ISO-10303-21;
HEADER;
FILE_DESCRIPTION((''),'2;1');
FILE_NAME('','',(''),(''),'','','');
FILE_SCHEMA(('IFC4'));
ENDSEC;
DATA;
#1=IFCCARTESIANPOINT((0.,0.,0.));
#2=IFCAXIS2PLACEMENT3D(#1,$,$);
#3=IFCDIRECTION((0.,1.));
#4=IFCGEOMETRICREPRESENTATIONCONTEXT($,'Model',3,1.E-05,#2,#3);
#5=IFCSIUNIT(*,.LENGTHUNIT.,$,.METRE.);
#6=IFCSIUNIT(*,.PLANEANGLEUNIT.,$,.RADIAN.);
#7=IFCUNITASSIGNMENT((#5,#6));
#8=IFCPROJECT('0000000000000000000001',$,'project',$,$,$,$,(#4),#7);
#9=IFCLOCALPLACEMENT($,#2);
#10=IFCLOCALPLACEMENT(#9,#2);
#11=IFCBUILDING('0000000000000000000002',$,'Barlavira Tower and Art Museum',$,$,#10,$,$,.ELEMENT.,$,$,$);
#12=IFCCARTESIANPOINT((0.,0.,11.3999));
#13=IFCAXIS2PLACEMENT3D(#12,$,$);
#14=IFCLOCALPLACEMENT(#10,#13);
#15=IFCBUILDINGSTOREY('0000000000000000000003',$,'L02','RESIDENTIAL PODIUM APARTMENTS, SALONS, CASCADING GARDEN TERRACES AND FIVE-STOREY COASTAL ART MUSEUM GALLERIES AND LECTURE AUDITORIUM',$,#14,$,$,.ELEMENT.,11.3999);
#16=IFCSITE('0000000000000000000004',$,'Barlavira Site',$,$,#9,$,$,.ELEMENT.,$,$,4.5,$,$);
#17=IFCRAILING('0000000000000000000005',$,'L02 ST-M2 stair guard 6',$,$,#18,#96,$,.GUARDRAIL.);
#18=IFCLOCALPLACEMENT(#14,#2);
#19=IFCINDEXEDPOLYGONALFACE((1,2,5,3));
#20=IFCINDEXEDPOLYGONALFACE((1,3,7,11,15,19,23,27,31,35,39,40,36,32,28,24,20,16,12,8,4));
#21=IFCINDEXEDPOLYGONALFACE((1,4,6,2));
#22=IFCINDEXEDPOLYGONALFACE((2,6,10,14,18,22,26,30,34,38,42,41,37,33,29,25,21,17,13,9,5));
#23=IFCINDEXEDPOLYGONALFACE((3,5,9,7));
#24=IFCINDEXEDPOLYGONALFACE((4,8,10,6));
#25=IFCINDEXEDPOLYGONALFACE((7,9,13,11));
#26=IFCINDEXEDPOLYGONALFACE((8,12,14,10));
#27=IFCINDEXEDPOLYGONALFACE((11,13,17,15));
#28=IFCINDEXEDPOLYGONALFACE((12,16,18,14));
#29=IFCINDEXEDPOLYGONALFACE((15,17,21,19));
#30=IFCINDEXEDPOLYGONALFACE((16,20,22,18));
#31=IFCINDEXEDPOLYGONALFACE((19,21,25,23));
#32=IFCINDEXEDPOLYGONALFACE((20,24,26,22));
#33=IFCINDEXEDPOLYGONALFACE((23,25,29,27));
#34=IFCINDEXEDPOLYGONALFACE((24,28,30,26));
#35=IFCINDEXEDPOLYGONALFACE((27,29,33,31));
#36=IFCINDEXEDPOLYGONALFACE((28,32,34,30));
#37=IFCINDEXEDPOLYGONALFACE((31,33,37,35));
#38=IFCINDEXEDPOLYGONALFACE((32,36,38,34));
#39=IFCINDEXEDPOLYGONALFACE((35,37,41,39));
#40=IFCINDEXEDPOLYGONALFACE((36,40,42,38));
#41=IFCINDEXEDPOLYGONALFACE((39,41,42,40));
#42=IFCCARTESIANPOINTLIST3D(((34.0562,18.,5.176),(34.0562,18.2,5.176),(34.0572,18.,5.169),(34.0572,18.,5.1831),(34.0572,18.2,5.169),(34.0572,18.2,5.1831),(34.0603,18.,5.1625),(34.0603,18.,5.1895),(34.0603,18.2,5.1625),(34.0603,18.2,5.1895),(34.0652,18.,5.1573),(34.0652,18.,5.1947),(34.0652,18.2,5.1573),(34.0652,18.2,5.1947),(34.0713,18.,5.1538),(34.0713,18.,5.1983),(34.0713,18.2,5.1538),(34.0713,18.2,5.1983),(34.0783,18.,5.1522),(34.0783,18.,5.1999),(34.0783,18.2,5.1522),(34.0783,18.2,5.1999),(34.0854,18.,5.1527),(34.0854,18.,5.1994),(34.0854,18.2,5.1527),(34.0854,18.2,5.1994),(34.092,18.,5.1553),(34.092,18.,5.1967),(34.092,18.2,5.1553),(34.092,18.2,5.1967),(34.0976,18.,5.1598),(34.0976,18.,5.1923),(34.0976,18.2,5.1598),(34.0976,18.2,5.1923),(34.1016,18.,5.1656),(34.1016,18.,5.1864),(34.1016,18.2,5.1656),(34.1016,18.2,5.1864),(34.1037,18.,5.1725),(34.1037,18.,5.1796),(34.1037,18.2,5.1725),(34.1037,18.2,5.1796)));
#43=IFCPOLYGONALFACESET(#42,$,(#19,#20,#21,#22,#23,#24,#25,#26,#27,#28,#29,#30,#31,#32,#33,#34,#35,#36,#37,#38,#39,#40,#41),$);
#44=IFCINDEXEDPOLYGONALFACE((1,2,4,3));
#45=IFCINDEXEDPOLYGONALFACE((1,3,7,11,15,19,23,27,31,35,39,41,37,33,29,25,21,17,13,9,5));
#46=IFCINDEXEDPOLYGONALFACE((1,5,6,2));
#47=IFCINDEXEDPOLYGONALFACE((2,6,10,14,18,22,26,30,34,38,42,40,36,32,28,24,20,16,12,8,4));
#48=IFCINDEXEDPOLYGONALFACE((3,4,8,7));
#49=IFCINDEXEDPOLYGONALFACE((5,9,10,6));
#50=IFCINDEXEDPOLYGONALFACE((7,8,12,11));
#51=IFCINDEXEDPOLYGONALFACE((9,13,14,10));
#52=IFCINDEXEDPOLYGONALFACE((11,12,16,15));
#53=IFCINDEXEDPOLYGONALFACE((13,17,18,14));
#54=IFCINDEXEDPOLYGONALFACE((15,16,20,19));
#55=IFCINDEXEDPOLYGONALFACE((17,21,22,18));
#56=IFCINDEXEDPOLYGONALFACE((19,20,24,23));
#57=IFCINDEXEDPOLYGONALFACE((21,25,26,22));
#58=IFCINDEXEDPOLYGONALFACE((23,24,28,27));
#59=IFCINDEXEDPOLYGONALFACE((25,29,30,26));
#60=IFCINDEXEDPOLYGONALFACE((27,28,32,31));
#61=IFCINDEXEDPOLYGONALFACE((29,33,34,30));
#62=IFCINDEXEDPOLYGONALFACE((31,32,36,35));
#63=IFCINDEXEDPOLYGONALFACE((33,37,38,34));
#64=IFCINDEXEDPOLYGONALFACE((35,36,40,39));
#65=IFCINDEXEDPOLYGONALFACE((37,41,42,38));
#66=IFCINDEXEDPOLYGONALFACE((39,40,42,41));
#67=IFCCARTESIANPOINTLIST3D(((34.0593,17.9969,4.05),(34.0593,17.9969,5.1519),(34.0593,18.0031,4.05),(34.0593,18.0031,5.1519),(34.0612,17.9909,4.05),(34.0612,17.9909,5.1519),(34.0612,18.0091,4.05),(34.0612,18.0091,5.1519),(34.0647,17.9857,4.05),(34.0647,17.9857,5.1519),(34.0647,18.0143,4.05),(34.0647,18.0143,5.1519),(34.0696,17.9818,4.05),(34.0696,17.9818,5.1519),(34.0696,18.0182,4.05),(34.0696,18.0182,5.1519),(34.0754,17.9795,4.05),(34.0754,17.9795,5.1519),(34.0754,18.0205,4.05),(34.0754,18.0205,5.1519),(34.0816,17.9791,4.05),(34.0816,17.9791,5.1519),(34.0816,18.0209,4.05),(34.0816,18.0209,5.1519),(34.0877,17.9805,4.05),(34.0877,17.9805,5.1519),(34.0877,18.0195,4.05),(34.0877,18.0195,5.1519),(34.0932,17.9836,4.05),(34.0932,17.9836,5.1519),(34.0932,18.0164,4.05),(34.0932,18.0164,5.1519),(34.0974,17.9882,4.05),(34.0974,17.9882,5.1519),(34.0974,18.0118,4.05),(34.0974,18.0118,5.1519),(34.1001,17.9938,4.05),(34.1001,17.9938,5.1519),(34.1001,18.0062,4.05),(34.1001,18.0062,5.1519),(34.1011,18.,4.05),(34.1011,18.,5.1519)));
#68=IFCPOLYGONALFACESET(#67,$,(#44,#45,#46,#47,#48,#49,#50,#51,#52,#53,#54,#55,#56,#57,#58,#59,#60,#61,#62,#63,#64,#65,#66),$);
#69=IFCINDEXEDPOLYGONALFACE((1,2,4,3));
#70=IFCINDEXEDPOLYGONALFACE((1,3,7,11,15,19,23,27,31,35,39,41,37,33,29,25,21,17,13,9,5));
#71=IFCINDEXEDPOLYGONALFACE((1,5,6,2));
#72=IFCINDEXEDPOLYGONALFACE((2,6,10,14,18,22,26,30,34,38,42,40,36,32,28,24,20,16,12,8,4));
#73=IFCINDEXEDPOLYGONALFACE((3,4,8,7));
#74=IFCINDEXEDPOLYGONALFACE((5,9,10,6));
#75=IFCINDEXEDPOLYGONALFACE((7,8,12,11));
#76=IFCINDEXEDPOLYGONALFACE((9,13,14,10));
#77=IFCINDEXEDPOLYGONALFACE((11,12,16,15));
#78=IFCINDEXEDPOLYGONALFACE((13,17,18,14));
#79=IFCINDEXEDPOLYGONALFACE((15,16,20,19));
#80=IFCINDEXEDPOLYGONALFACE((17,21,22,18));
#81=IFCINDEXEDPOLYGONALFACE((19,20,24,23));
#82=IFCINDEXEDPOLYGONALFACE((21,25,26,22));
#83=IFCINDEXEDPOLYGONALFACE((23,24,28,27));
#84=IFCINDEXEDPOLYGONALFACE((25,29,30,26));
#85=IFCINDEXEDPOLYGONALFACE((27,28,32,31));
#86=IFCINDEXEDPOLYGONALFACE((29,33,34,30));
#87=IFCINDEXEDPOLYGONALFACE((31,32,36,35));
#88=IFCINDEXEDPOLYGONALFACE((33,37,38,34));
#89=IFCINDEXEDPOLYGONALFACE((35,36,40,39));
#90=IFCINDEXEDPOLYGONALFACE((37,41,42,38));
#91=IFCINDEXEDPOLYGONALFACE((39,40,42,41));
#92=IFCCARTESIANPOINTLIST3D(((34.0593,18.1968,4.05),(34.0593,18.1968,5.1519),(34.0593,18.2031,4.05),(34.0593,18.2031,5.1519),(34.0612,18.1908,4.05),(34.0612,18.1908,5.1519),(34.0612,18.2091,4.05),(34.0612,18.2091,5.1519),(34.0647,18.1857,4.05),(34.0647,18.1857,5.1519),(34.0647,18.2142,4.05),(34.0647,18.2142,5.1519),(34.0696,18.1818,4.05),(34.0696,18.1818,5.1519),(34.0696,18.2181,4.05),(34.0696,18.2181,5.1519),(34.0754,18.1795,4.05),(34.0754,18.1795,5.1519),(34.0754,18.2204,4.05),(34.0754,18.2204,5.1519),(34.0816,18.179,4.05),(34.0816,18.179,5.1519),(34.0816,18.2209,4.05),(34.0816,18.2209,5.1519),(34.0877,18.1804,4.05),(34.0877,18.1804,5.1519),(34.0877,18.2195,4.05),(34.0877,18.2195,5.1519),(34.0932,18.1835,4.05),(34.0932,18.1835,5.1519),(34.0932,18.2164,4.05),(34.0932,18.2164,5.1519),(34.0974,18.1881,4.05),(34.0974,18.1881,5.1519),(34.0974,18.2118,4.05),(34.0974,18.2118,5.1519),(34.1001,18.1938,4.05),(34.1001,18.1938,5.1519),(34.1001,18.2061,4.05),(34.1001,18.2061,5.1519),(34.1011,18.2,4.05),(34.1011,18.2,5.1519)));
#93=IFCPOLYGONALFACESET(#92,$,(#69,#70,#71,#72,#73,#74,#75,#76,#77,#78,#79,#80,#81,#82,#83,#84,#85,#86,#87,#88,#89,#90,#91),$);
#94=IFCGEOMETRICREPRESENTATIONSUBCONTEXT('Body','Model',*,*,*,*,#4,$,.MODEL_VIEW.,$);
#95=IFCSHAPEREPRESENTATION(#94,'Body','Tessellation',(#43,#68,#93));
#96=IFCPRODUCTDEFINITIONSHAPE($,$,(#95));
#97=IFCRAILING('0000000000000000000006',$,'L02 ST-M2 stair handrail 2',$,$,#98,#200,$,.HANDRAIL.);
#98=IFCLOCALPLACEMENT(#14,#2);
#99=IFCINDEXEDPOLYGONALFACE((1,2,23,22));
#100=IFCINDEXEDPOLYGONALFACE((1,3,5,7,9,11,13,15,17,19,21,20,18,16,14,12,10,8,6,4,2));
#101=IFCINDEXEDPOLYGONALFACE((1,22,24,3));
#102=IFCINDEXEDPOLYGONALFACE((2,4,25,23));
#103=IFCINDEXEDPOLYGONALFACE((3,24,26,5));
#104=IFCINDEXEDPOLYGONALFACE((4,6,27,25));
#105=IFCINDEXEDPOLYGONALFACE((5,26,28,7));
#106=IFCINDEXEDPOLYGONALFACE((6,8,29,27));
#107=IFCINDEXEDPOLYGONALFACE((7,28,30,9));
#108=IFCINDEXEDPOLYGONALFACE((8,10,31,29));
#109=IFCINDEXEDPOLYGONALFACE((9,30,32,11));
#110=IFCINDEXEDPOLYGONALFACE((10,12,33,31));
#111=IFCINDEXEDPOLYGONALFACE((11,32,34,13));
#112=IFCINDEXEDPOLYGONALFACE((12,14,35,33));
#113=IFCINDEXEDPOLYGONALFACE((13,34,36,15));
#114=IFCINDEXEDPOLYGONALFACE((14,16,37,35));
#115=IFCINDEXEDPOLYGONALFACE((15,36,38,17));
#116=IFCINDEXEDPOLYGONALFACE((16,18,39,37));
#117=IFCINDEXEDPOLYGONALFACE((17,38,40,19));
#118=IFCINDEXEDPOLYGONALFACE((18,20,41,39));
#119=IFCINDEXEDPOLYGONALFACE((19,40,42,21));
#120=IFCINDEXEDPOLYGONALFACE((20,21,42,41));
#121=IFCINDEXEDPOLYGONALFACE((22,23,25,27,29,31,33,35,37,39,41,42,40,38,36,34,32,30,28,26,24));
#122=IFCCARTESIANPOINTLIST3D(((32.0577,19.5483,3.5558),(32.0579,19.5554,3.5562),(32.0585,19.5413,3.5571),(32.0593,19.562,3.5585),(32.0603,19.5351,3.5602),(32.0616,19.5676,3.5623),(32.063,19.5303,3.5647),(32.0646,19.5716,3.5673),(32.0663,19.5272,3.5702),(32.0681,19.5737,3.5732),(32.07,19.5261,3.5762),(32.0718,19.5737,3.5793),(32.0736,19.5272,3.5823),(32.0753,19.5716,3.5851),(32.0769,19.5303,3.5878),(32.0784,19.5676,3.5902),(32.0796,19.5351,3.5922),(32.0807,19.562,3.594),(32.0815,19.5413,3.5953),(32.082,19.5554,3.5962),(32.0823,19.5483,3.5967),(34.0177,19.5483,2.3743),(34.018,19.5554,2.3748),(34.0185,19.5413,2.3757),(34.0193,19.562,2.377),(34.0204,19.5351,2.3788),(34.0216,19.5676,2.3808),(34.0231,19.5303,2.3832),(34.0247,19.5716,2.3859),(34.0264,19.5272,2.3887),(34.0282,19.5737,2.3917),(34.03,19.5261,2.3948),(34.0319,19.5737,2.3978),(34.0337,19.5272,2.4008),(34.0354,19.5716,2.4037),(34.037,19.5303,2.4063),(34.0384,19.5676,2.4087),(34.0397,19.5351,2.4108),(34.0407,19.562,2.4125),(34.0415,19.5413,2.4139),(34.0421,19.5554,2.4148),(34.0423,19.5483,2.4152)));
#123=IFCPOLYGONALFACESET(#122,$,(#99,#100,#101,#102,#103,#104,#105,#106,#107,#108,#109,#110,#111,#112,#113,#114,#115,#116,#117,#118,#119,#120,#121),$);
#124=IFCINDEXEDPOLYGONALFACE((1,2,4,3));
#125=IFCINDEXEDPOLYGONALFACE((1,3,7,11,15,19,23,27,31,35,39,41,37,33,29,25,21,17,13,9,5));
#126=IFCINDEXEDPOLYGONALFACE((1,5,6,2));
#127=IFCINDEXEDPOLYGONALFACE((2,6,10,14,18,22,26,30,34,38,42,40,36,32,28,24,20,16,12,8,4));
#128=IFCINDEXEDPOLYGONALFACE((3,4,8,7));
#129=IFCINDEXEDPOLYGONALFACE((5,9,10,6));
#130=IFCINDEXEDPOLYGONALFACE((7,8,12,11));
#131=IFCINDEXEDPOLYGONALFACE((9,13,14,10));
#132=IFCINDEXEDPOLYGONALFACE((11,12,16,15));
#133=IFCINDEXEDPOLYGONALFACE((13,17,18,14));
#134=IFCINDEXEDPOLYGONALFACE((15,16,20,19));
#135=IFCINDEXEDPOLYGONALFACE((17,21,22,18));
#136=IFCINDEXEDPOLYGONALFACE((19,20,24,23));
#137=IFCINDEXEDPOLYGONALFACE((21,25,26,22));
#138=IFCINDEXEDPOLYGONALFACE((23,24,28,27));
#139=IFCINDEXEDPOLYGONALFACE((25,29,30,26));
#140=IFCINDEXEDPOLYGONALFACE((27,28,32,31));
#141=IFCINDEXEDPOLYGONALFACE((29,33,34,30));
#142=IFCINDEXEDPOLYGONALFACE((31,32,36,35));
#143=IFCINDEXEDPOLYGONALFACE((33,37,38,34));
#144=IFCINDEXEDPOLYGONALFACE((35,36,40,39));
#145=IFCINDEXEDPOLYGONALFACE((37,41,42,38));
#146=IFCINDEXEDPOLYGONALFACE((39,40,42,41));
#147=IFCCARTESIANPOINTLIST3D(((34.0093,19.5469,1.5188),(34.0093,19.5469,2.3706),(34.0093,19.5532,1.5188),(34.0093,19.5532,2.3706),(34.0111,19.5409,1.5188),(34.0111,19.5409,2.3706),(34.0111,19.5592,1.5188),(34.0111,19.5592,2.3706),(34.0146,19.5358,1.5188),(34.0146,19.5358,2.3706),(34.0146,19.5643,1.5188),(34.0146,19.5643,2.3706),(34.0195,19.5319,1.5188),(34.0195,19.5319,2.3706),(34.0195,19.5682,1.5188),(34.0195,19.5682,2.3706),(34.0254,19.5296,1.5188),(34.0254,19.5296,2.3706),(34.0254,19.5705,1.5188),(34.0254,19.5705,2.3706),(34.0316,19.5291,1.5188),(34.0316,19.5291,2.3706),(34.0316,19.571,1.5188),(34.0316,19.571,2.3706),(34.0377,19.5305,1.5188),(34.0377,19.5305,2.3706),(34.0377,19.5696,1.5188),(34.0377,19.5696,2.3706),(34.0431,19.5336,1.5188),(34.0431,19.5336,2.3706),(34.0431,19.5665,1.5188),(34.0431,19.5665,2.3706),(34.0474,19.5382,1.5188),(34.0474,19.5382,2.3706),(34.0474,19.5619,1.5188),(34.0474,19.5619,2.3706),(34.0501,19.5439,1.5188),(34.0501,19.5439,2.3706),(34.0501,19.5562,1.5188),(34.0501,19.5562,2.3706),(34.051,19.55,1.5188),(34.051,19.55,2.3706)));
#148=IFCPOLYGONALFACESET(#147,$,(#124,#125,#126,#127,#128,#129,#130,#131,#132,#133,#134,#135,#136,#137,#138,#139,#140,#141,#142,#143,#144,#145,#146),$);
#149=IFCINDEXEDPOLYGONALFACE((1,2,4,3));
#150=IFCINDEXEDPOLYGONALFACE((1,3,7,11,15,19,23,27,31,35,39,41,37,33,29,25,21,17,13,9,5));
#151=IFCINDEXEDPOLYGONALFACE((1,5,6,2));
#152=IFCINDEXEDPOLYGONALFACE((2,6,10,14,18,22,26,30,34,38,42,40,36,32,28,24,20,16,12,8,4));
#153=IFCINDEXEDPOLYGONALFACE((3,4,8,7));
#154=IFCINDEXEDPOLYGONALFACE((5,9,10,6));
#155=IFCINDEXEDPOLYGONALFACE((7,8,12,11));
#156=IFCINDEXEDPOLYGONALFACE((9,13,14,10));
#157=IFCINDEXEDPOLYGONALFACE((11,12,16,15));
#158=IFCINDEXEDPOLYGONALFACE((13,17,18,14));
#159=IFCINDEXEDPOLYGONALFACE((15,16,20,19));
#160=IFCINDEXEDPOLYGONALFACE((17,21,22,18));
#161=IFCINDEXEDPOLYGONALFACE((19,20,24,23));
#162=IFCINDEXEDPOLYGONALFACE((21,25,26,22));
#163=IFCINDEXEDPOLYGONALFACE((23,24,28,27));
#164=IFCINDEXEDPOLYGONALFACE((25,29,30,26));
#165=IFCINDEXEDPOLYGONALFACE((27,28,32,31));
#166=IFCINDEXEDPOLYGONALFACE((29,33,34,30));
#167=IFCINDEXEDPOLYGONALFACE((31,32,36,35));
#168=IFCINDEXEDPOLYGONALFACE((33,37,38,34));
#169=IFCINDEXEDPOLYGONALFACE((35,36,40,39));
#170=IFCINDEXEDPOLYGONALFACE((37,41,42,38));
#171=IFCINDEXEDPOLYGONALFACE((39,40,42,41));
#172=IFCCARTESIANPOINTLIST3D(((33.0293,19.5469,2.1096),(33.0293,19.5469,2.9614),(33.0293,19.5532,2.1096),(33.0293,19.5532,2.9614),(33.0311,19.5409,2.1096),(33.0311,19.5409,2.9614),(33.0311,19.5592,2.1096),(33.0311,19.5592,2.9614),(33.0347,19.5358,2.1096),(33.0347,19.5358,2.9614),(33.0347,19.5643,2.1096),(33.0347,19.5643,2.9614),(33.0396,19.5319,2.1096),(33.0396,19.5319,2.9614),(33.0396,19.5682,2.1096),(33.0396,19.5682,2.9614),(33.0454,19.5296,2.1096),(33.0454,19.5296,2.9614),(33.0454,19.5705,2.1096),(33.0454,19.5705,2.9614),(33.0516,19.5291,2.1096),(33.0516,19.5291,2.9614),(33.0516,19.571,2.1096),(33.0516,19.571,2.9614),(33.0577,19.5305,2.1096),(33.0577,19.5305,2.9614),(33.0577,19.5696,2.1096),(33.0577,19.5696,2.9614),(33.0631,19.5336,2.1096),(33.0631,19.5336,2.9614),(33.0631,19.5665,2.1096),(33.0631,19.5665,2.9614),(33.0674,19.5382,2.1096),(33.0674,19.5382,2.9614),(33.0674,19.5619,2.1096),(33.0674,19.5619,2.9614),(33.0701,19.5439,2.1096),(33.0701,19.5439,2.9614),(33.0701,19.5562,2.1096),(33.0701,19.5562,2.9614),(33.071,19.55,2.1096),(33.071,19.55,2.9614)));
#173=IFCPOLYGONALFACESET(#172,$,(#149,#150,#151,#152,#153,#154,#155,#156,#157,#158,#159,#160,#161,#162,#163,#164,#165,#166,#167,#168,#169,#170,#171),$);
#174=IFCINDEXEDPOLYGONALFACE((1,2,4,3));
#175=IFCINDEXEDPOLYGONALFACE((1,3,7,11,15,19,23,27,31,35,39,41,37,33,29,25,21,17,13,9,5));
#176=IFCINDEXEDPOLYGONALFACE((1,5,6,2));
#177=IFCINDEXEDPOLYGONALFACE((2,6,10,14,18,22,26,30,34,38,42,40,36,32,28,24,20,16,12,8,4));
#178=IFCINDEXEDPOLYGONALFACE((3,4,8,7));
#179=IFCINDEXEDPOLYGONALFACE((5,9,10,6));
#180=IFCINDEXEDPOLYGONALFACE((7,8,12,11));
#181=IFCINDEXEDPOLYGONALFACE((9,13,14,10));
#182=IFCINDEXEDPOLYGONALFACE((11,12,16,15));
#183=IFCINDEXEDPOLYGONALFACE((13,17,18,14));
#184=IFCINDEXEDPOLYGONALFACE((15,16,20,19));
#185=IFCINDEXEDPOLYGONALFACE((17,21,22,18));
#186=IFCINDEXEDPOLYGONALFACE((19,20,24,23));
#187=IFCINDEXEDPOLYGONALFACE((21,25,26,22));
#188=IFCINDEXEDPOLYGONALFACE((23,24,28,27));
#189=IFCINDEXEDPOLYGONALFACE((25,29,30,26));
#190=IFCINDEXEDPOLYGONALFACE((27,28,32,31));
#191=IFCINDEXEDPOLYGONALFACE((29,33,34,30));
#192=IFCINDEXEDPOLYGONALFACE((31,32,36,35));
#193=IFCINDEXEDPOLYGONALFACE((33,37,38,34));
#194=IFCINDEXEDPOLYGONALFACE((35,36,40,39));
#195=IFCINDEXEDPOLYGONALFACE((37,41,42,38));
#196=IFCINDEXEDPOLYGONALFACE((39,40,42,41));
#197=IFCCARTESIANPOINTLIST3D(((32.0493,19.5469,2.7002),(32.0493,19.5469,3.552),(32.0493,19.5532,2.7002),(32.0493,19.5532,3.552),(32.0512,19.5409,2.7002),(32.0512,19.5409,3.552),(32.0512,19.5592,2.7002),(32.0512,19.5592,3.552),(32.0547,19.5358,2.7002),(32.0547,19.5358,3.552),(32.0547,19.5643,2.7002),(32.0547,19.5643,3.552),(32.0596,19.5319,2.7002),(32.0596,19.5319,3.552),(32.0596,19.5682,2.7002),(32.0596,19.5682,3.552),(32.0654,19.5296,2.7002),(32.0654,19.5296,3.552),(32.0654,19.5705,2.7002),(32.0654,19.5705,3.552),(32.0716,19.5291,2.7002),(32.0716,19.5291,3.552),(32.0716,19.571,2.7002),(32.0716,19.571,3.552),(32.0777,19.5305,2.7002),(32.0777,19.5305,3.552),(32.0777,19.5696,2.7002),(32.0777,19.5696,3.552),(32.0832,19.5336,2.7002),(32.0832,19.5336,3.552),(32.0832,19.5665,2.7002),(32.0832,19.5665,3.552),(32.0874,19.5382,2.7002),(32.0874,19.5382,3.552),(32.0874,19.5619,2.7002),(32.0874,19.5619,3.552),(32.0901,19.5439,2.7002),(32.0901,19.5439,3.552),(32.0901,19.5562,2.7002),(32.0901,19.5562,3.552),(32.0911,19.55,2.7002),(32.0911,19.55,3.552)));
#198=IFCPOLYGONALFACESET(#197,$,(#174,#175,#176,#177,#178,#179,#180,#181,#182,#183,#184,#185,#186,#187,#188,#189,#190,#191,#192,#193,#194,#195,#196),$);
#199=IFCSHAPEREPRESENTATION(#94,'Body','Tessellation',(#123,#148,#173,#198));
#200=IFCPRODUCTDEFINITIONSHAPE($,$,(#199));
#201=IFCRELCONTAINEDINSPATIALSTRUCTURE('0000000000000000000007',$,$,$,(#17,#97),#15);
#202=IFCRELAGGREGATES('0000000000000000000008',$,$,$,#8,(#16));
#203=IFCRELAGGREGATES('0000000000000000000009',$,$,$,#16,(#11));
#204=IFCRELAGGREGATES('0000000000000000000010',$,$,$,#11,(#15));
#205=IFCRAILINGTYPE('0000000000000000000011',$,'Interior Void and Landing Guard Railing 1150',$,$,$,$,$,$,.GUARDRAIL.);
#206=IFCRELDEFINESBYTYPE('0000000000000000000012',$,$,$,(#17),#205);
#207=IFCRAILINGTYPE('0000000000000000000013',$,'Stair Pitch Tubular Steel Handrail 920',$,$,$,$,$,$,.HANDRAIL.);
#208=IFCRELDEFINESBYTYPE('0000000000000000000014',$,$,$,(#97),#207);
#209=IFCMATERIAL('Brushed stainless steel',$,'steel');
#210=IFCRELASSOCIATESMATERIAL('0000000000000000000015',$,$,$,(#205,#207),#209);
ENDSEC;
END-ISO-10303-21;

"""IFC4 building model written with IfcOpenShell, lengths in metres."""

from ifc_helpers import new_model, si_unit, direction, frame, origin, origin_2d, place, context, subcontext, project, spatial, circle, extrude, material, type_object, element, save


model = new_model("IFC4")

# Units and contexts
model_context = context("Model", 3, precision=1e-05, world=origin(), true_north=direction((0.0, 1.0)))
body_context = subcontext(model_context, "Body", "Model", "MODEL_VIEW")
ifc_project = project(units=[si_unit("LENGTHUNIT", "METRE"), si_unit("PLANEANGLEUNIT", "RADIAN")], contexts=[model_context])

# Site, building, storey
site_placement = place(None, origin())
site = spatial("IfcSite", under=ifc_project, at=site_placement, Name="Barlavira Site", CompositionType="ELEMENT", RefElevation=4.5)
building_placement = place(site_placement, origin())
building = spatial("IfcBuilding", under=site, at=building_placement, Name="Barlavira Tower and Art Museum", CompositionType="ELEMENT")
storey_placement = place(building_placement, frame((0.0, 0.0, 11.3999)))
storey = spatial("IfcBuildingStorey", under=building, at=storey_placement, Name="L02", Description="RESIDENTIAL PODIUM APARTMENTS, SALONS, CASCADING GARDEN TERRACES AND FIVE-STOREY COASTAL ART MUSEUM GALLERIES AND LECTURE AUDITORIUM", CompositionType="ELEMENT", Elevation=11.3999)

# Shared definitions
ifc_material_1 = material(Name="Brushed stainless steel", Category="steel")

# Railings
railing_type_1 = type_object("IfcRailingType", Name="Interior Void and Landing Guard Railing 1150", PredefinedType="GUARDRAIL", material=ifc_material_1)
for number, where, name in (
    (1, (34.0801, 18.0, 4.05), "L02 ST-M2 stair guard 6"),
):
    element("IfcRailing", number, at=place(storey_placement, frame(where)), inside=storey, type_object=railing_type_1, Name=name, PredefinedType="GUARDRAIL", context=body_context, shape_type="SweptSolid", body=[
        extrude(circle(Radius=0.0239, at=origin_2d()), frame((0.0, 0.0, 1.126), z_axis=(0.0, 1.0, 0.0), x_axis=(-1.0, 0.0, 0.0)), (0.0, 0.0, 1.0), 0.2),
        extrude(circle(Radius=0.021, at=origin_2d()), origin(), (0.0, 0.0, 1.0), 1.1018),
        extrude(circle(Radius=0.021, at=origin_2d()), frame((0.0, 0.2, 0.0)), (0.0, 0.0, 1.0), 1.1018),
    ])
railing_type_2 = type_object("IfcRailingType", Name="Stair Pitch Tubular Steel Handrail 920", PredefinedType="HANDRAIL", material=ifc_material_1)
for number, where, name in (
    (2, (34.03, 19.55, 1.5188), "L02 ST-M2 stair handrail 2"),
):
    element("IfcRailing", number, at=place(storey_placement, frame(where)), inside=storey, type_object=railing_type_2, Name=name, PredefinedType="HANDRAIL", context=body_context, shape_type="SweptSolid", body=[
        extrude(circle(Radius=0.0239, at=origin_2d()), frame((0.0, 0.0, 0.876), z_axis=(-0.856446, 0.0, 0.516236), x_axis=(0.0, -1.0, 0.0)), (0.0, 0.0, 1.0), 2.2886),
        extrude(circle(Radius=0.021, at=origin_2d()), origin(), (0.0, 0.0, 1.0), 0.8518),
        extrude(circle(Radius=0.021, at=origin_2d()), frame((-0.98, 0.0, 0.5908)), (0.0, 0.0, 1.0), 0.8518),
        extrude(circle(Radius=0.021, at=origin_2d()), frame((-1.96, 0.0, 1.1814)), (0.0, 0.0, 1.0), 0.8518),
    ])

save(model, "model.ifc")
